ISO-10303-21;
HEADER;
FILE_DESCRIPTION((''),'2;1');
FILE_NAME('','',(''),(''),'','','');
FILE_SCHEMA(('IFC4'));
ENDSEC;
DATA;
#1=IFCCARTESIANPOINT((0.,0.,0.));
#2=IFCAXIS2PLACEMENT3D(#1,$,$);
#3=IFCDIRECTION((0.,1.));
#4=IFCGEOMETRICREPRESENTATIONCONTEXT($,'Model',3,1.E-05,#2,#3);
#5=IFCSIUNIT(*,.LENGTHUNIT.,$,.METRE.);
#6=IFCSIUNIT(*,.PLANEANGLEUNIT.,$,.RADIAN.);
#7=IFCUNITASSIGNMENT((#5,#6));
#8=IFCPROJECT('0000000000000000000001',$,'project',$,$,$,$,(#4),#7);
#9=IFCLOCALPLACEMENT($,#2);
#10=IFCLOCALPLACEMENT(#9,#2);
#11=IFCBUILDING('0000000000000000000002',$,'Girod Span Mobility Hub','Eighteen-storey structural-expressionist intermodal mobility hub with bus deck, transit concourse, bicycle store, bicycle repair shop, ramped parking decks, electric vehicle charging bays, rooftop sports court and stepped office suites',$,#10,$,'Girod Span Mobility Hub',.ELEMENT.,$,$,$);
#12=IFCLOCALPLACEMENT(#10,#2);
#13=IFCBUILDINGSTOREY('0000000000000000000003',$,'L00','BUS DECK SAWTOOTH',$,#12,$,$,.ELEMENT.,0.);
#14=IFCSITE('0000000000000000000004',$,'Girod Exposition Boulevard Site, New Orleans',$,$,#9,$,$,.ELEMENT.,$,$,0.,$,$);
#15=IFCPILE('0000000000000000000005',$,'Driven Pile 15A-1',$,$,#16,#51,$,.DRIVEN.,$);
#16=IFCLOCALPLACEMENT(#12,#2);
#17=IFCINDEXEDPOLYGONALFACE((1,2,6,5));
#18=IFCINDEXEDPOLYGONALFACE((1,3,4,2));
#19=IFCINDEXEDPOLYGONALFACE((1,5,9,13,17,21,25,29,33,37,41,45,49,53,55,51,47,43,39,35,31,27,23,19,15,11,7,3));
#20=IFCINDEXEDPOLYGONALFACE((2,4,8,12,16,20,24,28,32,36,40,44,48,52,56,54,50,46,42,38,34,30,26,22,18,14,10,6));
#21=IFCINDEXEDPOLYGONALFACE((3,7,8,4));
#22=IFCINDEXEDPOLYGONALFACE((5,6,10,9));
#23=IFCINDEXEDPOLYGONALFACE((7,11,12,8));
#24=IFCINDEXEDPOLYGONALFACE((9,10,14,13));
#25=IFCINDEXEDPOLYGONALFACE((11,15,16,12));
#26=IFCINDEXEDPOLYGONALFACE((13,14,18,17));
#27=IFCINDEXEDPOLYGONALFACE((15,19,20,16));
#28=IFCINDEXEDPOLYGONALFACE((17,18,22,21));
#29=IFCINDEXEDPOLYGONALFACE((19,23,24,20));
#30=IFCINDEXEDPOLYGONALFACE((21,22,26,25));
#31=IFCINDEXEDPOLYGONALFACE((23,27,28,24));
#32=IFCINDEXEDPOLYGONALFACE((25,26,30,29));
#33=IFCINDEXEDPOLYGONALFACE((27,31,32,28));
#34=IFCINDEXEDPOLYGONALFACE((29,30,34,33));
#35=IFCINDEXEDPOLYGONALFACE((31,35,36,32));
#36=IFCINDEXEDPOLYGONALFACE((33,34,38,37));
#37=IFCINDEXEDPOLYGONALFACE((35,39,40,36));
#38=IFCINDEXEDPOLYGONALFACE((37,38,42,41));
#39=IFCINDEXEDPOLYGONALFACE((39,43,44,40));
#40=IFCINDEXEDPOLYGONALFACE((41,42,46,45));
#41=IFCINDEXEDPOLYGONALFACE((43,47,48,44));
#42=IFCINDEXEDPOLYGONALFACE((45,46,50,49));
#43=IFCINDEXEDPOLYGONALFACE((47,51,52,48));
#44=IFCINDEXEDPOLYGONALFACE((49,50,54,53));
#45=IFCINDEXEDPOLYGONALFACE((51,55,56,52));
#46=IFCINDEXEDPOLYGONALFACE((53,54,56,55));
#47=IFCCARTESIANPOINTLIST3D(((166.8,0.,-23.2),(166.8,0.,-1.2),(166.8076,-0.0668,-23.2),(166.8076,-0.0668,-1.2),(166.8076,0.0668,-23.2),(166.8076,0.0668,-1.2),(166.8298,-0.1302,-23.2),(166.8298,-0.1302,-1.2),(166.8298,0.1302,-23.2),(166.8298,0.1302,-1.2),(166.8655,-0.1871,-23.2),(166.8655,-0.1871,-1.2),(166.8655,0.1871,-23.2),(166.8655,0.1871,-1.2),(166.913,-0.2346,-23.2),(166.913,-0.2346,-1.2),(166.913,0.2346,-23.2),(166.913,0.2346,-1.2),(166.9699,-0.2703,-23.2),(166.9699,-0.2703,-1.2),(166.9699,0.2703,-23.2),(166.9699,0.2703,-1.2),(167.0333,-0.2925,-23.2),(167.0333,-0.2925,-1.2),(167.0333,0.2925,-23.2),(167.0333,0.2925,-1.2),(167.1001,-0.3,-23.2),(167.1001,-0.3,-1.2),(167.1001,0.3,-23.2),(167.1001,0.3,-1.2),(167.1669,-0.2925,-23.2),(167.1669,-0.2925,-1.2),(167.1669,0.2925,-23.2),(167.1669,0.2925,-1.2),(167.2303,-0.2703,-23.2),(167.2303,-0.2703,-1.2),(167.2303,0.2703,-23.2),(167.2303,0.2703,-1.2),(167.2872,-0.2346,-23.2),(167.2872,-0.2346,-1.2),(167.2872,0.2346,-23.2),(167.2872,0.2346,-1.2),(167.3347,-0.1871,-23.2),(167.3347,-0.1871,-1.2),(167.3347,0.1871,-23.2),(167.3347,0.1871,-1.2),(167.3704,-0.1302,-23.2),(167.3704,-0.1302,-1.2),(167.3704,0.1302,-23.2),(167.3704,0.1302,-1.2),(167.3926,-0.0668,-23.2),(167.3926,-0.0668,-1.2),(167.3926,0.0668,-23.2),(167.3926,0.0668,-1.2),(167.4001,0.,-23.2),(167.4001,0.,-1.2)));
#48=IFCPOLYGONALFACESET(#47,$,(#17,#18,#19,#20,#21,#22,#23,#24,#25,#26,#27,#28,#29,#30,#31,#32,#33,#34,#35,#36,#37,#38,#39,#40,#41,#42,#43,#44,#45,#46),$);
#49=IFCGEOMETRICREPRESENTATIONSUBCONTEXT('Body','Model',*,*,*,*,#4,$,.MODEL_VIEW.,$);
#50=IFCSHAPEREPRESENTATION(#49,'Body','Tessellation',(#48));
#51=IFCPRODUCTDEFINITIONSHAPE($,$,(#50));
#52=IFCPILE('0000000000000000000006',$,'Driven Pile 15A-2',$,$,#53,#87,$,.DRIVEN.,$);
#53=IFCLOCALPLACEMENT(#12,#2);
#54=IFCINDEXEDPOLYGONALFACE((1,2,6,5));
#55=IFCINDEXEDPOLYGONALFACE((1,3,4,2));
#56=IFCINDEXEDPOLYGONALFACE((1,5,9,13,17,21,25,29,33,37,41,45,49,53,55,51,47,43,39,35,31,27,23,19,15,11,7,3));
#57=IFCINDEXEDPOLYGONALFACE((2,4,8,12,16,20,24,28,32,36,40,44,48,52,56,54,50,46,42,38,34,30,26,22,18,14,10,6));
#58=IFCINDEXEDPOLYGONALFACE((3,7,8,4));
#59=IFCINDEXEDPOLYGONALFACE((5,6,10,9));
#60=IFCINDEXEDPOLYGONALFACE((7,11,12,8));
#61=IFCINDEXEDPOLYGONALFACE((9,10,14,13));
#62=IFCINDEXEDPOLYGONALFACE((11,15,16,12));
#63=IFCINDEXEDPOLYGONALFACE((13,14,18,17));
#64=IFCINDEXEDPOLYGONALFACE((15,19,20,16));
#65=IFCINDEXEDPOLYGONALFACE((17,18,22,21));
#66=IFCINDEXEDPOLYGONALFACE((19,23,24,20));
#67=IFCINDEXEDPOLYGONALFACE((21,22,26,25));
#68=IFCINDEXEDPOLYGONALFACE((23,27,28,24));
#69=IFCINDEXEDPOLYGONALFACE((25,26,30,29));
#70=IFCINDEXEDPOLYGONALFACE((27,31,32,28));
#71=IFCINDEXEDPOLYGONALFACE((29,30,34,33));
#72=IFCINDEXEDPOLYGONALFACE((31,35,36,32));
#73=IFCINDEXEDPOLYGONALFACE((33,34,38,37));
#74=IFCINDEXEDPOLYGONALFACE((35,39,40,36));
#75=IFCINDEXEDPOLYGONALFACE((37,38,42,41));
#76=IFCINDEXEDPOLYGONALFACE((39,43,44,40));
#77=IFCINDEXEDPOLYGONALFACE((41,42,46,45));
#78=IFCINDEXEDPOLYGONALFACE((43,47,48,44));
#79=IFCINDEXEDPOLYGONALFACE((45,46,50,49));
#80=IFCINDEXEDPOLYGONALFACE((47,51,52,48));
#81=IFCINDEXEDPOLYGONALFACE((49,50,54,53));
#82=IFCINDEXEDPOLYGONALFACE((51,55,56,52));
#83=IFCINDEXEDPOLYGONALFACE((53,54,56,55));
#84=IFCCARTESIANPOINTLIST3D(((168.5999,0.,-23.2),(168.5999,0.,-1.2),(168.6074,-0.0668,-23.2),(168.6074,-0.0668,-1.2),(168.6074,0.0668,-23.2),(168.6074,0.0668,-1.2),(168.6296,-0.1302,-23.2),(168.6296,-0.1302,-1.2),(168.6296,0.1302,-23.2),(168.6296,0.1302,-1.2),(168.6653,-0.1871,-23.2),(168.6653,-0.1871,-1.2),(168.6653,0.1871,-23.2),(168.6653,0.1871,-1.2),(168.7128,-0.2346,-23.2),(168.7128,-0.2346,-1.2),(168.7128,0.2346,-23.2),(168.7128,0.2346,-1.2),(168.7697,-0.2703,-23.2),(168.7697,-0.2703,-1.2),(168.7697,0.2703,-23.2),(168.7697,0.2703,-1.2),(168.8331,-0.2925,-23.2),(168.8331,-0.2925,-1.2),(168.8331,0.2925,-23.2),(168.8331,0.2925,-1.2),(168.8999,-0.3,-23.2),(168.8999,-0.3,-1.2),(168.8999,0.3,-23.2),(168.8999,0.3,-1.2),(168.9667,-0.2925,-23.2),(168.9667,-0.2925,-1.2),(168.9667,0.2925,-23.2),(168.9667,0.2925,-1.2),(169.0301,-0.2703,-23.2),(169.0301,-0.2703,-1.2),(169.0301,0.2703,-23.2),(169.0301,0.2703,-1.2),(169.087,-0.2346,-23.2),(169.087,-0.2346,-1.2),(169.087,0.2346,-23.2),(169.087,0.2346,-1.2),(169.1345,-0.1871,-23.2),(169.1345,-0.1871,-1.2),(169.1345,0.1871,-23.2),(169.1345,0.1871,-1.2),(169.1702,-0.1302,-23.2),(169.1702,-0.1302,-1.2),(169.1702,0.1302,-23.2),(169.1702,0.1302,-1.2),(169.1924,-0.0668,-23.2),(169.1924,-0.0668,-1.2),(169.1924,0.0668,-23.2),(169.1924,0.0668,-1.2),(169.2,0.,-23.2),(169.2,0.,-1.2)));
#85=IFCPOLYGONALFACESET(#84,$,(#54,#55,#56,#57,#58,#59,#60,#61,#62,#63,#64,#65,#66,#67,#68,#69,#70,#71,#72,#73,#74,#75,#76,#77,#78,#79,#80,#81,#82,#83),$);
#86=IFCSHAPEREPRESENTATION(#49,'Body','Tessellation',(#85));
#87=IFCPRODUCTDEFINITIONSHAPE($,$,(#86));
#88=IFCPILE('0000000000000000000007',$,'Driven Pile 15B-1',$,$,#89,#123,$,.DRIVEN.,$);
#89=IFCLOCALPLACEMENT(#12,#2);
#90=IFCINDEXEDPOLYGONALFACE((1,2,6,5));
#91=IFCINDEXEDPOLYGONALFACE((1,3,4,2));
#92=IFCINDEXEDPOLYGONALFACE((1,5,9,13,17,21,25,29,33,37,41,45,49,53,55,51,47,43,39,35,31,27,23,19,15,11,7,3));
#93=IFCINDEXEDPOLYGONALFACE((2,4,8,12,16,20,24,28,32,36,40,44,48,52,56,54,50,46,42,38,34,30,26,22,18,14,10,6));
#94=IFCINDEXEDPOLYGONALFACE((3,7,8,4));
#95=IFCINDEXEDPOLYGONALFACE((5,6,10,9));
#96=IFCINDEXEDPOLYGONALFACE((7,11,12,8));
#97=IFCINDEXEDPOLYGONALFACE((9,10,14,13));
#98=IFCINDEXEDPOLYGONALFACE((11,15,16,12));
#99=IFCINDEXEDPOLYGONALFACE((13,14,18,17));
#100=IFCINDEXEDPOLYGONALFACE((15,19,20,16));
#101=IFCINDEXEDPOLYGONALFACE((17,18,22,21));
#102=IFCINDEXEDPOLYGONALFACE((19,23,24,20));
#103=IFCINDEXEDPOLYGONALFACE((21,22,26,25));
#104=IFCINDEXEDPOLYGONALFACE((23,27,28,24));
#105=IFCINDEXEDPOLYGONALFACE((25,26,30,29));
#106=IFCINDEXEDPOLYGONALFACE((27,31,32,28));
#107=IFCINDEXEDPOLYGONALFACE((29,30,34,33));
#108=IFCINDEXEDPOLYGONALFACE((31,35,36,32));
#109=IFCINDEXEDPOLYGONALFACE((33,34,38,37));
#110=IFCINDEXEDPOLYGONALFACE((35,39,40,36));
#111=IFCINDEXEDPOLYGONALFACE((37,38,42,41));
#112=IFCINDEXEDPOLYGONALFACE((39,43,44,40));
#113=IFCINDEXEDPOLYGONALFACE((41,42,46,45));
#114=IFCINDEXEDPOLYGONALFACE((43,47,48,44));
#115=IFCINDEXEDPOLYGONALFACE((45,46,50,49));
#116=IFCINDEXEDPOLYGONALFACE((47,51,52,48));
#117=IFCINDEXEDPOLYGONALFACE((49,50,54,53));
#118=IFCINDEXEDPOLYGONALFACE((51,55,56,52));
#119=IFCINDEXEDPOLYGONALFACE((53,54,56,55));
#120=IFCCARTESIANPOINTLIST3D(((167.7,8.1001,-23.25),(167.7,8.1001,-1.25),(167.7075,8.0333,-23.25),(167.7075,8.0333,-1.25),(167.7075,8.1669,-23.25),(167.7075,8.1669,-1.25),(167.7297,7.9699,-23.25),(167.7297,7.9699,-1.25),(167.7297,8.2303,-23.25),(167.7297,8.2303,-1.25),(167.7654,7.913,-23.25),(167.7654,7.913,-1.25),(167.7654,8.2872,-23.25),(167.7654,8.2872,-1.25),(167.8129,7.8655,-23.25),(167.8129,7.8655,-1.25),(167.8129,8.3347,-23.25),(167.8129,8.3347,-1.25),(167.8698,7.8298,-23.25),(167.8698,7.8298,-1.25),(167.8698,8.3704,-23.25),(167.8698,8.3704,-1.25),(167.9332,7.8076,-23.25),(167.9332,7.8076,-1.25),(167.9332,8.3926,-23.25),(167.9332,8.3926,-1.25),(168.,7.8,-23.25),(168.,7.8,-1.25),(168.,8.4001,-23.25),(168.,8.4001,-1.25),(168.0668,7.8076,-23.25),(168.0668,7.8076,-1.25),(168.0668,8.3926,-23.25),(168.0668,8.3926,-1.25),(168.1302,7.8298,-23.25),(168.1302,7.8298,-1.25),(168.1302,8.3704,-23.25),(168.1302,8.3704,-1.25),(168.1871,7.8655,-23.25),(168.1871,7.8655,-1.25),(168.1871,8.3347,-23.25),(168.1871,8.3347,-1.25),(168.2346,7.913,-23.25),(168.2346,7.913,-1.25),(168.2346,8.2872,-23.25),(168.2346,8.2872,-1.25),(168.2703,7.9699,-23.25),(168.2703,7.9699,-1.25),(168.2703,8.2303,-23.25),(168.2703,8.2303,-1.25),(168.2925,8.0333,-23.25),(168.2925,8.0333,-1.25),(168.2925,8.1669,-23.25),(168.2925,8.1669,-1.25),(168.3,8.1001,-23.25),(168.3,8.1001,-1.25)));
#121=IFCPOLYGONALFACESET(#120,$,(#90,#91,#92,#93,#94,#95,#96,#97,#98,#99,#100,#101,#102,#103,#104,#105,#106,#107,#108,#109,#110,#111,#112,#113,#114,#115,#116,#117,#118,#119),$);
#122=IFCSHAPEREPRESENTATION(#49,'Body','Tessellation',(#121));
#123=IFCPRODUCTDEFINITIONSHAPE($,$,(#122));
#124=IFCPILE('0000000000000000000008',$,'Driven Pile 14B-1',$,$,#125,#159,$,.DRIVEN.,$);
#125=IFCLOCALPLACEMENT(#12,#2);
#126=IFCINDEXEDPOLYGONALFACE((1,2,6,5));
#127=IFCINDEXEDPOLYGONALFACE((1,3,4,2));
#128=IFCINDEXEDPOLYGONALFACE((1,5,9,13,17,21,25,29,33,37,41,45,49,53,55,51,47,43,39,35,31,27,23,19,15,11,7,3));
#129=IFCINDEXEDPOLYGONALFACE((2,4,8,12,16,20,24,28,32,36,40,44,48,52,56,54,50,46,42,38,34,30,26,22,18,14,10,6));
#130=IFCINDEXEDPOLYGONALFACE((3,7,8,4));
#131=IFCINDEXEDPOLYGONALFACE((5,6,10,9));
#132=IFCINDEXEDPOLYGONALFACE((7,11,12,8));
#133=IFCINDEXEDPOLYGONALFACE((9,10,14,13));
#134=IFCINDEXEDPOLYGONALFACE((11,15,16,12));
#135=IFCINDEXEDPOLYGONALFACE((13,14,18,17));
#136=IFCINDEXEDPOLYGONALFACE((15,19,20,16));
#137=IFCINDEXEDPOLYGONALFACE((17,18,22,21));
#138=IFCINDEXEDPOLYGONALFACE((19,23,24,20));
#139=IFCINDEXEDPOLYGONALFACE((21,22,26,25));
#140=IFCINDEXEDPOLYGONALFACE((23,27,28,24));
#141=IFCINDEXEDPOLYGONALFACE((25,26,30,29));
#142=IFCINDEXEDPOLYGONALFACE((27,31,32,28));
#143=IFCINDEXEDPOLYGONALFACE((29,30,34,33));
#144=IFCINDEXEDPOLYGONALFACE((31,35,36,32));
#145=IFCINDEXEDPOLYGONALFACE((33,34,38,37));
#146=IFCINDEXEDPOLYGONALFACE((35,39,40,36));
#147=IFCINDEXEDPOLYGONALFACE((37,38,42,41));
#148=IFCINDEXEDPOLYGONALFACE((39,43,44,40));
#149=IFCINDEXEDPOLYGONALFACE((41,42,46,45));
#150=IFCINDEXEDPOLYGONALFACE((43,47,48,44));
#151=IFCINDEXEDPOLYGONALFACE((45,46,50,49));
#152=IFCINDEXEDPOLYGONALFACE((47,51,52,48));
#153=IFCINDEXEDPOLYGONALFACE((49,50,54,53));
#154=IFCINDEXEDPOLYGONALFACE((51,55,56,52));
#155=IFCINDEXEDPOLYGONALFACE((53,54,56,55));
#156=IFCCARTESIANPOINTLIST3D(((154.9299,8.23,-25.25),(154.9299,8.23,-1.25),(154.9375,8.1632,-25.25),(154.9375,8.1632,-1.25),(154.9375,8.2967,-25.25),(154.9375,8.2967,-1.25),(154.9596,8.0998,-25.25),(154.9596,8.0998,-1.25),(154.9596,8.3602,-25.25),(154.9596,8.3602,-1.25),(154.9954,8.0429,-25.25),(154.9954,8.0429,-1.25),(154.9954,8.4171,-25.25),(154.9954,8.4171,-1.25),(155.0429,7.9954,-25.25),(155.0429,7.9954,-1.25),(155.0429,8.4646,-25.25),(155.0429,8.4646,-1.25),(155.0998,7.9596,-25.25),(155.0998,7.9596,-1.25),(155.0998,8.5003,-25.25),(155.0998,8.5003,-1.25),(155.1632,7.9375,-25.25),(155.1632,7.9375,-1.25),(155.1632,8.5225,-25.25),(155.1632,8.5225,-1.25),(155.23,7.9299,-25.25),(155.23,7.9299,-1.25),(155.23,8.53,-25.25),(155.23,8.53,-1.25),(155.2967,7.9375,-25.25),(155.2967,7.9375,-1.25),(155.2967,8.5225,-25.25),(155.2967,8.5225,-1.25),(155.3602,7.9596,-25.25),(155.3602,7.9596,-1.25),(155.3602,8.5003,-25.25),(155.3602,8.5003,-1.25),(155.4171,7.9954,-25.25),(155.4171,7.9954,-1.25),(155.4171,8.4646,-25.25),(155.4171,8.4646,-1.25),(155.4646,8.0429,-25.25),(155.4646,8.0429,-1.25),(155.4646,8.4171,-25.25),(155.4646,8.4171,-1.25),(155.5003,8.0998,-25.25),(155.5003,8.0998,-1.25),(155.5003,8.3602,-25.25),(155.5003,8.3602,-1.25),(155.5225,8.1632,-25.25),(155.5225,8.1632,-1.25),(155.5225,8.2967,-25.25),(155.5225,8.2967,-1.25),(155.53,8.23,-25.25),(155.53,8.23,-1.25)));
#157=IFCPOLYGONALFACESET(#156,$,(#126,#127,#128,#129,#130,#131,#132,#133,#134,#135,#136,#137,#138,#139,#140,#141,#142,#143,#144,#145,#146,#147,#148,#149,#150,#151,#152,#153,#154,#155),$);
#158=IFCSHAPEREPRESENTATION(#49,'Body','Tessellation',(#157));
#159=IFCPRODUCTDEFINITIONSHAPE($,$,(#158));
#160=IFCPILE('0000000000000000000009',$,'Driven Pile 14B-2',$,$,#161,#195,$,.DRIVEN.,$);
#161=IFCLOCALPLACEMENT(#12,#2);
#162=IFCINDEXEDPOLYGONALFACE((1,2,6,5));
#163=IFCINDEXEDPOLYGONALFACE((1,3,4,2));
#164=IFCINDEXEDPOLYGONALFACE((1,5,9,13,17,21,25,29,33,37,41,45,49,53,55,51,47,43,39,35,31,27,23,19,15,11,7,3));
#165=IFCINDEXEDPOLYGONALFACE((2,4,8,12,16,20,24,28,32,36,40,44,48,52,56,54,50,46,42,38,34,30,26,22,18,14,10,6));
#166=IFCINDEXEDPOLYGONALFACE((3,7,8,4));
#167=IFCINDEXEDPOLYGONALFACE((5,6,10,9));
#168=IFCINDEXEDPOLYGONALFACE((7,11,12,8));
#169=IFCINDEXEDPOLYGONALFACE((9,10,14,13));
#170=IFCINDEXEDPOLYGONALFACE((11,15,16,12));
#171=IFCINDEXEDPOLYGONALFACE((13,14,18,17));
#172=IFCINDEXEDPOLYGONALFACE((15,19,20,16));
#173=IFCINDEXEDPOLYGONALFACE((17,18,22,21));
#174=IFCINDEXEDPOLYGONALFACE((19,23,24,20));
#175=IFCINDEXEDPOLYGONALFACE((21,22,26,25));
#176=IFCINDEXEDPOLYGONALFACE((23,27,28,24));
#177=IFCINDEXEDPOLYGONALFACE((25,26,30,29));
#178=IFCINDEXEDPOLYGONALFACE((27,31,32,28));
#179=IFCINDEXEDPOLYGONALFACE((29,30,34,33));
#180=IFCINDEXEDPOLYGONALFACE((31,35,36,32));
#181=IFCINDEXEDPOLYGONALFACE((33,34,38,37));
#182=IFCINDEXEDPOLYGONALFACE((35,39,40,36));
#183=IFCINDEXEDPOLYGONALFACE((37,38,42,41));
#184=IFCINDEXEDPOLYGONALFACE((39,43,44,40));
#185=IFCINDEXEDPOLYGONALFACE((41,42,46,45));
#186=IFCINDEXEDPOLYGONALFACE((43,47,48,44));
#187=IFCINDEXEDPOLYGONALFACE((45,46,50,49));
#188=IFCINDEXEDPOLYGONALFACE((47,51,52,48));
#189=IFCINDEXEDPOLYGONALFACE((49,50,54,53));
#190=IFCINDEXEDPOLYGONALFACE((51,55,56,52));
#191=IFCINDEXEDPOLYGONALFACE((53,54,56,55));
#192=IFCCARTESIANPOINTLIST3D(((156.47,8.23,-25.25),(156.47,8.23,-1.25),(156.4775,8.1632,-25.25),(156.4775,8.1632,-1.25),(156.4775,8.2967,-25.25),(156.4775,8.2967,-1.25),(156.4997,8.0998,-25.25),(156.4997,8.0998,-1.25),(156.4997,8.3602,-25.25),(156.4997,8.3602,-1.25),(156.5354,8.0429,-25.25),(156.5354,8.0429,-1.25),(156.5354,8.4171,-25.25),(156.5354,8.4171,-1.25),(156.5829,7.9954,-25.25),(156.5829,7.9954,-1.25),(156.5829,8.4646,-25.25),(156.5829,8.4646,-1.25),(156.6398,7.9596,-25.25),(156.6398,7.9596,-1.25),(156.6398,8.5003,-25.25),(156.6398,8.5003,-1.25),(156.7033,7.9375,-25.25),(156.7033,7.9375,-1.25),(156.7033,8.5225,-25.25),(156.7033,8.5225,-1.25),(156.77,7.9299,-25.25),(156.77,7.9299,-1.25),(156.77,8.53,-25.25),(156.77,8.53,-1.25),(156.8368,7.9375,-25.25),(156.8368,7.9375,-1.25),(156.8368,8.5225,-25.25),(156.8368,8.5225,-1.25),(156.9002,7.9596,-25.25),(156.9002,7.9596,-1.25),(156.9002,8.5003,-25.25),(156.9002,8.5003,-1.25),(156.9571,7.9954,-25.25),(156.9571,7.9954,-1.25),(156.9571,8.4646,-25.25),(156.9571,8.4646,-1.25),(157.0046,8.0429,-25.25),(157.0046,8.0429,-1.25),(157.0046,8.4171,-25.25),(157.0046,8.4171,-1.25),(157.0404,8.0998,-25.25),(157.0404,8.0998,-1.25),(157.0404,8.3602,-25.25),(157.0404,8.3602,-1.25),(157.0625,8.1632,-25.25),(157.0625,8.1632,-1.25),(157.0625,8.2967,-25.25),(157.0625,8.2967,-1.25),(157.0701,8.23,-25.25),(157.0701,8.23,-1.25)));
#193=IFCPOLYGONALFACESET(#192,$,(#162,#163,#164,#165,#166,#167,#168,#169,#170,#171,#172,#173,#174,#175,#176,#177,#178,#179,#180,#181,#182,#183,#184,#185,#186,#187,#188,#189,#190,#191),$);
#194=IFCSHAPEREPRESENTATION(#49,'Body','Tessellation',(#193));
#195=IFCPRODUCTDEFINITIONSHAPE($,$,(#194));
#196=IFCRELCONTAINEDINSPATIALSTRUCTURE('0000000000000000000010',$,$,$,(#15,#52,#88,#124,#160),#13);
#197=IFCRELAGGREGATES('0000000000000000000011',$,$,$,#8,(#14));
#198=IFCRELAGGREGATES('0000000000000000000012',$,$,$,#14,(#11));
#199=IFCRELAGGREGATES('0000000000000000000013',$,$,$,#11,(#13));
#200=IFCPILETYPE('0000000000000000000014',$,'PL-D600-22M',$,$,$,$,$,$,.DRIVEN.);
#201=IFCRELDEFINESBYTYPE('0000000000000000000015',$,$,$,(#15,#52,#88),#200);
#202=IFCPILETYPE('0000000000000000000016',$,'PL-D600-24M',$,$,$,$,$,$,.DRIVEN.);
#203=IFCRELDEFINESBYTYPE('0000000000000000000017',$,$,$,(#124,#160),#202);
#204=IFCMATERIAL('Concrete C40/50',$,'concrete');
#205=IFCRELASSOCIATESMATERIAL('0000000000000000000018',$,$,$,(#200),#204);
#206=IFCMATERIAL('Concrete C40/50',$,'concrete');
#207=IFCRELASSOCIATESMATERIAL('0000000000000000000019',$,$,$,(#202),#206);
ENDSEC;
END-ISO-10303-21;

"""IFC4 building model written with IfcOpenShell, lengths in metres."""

from ifc_helpers import new_model, si_unit, direction, frame, origin, origin_2d, place, context, subcontext, project, spatial, circle, extrude, material, material_profile, profile_set, type_object, element, save


model = new_model("IFC4")

# Units and contexts
model_context = context("Model", 3, precision=1e-05, world=origin(), true_north=direction((0.0, 1.0)))
body_context = subcontext(model_context, "Body", "Model", "MODEL_VIEW")
ifc_project = project(units=[si_unit("LENGTHUNIT", "METRE"), si_unit("PLANEANGLEUNIT", "RADIAN")], contexts=[model_context])

# Site, building, storey
site_placement = place(None, origin())
site = spatial("IfcSite", under=ifc_project, at=site_placement, Name="Girod Exposition Boulevard Site, New Orleans", CompositionType="ELEMENT", RefElevation=0.0)
building_placement = place(site_placement, origin())
building = spatial("IfcBuilding", under=site, at=building_placement, Name="Girod Span Mobility Hub", Description="Eighteen-storey structural-expressionist intermodal mobility hub with bus deck, transit concourse, bicycle store, bicycle repair shop, ramped parking decks, electric vehicle charging bays, rooftop sports court and stepped office suites", LongName="Girod Span Mobility Hub", CompositionType="ELEMENT")
storey_placement = place(building_placement, origin())
storey = spatial("IfcBuildingStorey", under=building, at=storey_placement, Name="L00", Description="BUS DECK SAWTOOTH", CompositionType="ELEMENT", Elevation=0.0)

# Piles
ifc_material_1 = material(Name="Concrete C40/50", Category="concrete")
ifc_material_profile_1 = material_profile(ifc_material_1, circle(Radius=0.3, at=origin_2d()), Name="PILE-D600")
ifc_profile_set_1 = profile_set([ifc_material_profile_1], Name="Concrete C40/50")
pile_type_1 = type_object("IfcPileType", Name="PL-D600-22M", PredefinedType="DRIVEN", material=ifc_profile_set_1)
for number, where, z_axis, x_axis, name in (
    (1, (167.1001, 0.0, -1.2), (0.0, 0.0, -1.0), (1.0, 0.0, 0.0), "Driven Pile 15A-1"),
    (2, (168.8999, 0.0, -1.2), (0.0, 0.0, -1.0), (1.0, 0.0, 0.0), "Driven Pile 15A-2"),
    (3, (168.0, 8.1001, -1.25), (0.0, 0.0, -1.0), (1.0, 0.0, 0.0), "Driven Pile 15B-1"),
):
    element("IfcPile", number, at=place(storey_placement, frame(where, z_axis=z_axis, x_axis=x_axis)), inside=storey, type_object=pile_type_1, Name=name, PredefinedType="DRIVEN", context=body_context, shape_type="SweptSolid", body=[
        extrude(circle(Radius=0.3, at=origin_2d()), origin(), (0.0, 0.0, 1.0), 22.0),
    ])
ifc_material_2 = material(Name="Concrete C40/50", Category="concrete")
ifc_material_profile_2 = material_profile(ifc_material_2, circle(Radius=0.3, at=origin_2d()), Name="PILE-D600")
ifc_profile_set_2 = profile_set([ifc_material_profile_2], Name="Concrete C40/50")
pile_type_2 = type_object("IfcPileType", Name="PL-D600-24M", PredefinedType="DRIVEN", material=ifc_profile_set_2)
for number, where, z_axis, x_axis, name in (
    (4, (155.23, 8.23, -1.25), (0.0, 0.0, -1.0), (1.0, 0.0, 0.0), "Driven Pile 14B-1"),
    (5, (156.77, 8.23, -1.25), (0.0, 0.0, -1.0), (1.0, 0.0, 0.0), "Driven Pile 14B-2"),
):
    element("IfcPile", number, at=place(storey_placement, frame(where, z_axis=z_axis, x_axis=x_axis)), inside=storey, type_object=pile_type_2, Name=name, PredefinedType="DRIVEN", context=body_context, shape_type="SweptSolid", body=[
        extrude(circle(Radius=0.3, at=origin_2d()), origin(), (0.0, 0.0, 1.0), 24.0),
    ])

save(model, "model.ifc")
